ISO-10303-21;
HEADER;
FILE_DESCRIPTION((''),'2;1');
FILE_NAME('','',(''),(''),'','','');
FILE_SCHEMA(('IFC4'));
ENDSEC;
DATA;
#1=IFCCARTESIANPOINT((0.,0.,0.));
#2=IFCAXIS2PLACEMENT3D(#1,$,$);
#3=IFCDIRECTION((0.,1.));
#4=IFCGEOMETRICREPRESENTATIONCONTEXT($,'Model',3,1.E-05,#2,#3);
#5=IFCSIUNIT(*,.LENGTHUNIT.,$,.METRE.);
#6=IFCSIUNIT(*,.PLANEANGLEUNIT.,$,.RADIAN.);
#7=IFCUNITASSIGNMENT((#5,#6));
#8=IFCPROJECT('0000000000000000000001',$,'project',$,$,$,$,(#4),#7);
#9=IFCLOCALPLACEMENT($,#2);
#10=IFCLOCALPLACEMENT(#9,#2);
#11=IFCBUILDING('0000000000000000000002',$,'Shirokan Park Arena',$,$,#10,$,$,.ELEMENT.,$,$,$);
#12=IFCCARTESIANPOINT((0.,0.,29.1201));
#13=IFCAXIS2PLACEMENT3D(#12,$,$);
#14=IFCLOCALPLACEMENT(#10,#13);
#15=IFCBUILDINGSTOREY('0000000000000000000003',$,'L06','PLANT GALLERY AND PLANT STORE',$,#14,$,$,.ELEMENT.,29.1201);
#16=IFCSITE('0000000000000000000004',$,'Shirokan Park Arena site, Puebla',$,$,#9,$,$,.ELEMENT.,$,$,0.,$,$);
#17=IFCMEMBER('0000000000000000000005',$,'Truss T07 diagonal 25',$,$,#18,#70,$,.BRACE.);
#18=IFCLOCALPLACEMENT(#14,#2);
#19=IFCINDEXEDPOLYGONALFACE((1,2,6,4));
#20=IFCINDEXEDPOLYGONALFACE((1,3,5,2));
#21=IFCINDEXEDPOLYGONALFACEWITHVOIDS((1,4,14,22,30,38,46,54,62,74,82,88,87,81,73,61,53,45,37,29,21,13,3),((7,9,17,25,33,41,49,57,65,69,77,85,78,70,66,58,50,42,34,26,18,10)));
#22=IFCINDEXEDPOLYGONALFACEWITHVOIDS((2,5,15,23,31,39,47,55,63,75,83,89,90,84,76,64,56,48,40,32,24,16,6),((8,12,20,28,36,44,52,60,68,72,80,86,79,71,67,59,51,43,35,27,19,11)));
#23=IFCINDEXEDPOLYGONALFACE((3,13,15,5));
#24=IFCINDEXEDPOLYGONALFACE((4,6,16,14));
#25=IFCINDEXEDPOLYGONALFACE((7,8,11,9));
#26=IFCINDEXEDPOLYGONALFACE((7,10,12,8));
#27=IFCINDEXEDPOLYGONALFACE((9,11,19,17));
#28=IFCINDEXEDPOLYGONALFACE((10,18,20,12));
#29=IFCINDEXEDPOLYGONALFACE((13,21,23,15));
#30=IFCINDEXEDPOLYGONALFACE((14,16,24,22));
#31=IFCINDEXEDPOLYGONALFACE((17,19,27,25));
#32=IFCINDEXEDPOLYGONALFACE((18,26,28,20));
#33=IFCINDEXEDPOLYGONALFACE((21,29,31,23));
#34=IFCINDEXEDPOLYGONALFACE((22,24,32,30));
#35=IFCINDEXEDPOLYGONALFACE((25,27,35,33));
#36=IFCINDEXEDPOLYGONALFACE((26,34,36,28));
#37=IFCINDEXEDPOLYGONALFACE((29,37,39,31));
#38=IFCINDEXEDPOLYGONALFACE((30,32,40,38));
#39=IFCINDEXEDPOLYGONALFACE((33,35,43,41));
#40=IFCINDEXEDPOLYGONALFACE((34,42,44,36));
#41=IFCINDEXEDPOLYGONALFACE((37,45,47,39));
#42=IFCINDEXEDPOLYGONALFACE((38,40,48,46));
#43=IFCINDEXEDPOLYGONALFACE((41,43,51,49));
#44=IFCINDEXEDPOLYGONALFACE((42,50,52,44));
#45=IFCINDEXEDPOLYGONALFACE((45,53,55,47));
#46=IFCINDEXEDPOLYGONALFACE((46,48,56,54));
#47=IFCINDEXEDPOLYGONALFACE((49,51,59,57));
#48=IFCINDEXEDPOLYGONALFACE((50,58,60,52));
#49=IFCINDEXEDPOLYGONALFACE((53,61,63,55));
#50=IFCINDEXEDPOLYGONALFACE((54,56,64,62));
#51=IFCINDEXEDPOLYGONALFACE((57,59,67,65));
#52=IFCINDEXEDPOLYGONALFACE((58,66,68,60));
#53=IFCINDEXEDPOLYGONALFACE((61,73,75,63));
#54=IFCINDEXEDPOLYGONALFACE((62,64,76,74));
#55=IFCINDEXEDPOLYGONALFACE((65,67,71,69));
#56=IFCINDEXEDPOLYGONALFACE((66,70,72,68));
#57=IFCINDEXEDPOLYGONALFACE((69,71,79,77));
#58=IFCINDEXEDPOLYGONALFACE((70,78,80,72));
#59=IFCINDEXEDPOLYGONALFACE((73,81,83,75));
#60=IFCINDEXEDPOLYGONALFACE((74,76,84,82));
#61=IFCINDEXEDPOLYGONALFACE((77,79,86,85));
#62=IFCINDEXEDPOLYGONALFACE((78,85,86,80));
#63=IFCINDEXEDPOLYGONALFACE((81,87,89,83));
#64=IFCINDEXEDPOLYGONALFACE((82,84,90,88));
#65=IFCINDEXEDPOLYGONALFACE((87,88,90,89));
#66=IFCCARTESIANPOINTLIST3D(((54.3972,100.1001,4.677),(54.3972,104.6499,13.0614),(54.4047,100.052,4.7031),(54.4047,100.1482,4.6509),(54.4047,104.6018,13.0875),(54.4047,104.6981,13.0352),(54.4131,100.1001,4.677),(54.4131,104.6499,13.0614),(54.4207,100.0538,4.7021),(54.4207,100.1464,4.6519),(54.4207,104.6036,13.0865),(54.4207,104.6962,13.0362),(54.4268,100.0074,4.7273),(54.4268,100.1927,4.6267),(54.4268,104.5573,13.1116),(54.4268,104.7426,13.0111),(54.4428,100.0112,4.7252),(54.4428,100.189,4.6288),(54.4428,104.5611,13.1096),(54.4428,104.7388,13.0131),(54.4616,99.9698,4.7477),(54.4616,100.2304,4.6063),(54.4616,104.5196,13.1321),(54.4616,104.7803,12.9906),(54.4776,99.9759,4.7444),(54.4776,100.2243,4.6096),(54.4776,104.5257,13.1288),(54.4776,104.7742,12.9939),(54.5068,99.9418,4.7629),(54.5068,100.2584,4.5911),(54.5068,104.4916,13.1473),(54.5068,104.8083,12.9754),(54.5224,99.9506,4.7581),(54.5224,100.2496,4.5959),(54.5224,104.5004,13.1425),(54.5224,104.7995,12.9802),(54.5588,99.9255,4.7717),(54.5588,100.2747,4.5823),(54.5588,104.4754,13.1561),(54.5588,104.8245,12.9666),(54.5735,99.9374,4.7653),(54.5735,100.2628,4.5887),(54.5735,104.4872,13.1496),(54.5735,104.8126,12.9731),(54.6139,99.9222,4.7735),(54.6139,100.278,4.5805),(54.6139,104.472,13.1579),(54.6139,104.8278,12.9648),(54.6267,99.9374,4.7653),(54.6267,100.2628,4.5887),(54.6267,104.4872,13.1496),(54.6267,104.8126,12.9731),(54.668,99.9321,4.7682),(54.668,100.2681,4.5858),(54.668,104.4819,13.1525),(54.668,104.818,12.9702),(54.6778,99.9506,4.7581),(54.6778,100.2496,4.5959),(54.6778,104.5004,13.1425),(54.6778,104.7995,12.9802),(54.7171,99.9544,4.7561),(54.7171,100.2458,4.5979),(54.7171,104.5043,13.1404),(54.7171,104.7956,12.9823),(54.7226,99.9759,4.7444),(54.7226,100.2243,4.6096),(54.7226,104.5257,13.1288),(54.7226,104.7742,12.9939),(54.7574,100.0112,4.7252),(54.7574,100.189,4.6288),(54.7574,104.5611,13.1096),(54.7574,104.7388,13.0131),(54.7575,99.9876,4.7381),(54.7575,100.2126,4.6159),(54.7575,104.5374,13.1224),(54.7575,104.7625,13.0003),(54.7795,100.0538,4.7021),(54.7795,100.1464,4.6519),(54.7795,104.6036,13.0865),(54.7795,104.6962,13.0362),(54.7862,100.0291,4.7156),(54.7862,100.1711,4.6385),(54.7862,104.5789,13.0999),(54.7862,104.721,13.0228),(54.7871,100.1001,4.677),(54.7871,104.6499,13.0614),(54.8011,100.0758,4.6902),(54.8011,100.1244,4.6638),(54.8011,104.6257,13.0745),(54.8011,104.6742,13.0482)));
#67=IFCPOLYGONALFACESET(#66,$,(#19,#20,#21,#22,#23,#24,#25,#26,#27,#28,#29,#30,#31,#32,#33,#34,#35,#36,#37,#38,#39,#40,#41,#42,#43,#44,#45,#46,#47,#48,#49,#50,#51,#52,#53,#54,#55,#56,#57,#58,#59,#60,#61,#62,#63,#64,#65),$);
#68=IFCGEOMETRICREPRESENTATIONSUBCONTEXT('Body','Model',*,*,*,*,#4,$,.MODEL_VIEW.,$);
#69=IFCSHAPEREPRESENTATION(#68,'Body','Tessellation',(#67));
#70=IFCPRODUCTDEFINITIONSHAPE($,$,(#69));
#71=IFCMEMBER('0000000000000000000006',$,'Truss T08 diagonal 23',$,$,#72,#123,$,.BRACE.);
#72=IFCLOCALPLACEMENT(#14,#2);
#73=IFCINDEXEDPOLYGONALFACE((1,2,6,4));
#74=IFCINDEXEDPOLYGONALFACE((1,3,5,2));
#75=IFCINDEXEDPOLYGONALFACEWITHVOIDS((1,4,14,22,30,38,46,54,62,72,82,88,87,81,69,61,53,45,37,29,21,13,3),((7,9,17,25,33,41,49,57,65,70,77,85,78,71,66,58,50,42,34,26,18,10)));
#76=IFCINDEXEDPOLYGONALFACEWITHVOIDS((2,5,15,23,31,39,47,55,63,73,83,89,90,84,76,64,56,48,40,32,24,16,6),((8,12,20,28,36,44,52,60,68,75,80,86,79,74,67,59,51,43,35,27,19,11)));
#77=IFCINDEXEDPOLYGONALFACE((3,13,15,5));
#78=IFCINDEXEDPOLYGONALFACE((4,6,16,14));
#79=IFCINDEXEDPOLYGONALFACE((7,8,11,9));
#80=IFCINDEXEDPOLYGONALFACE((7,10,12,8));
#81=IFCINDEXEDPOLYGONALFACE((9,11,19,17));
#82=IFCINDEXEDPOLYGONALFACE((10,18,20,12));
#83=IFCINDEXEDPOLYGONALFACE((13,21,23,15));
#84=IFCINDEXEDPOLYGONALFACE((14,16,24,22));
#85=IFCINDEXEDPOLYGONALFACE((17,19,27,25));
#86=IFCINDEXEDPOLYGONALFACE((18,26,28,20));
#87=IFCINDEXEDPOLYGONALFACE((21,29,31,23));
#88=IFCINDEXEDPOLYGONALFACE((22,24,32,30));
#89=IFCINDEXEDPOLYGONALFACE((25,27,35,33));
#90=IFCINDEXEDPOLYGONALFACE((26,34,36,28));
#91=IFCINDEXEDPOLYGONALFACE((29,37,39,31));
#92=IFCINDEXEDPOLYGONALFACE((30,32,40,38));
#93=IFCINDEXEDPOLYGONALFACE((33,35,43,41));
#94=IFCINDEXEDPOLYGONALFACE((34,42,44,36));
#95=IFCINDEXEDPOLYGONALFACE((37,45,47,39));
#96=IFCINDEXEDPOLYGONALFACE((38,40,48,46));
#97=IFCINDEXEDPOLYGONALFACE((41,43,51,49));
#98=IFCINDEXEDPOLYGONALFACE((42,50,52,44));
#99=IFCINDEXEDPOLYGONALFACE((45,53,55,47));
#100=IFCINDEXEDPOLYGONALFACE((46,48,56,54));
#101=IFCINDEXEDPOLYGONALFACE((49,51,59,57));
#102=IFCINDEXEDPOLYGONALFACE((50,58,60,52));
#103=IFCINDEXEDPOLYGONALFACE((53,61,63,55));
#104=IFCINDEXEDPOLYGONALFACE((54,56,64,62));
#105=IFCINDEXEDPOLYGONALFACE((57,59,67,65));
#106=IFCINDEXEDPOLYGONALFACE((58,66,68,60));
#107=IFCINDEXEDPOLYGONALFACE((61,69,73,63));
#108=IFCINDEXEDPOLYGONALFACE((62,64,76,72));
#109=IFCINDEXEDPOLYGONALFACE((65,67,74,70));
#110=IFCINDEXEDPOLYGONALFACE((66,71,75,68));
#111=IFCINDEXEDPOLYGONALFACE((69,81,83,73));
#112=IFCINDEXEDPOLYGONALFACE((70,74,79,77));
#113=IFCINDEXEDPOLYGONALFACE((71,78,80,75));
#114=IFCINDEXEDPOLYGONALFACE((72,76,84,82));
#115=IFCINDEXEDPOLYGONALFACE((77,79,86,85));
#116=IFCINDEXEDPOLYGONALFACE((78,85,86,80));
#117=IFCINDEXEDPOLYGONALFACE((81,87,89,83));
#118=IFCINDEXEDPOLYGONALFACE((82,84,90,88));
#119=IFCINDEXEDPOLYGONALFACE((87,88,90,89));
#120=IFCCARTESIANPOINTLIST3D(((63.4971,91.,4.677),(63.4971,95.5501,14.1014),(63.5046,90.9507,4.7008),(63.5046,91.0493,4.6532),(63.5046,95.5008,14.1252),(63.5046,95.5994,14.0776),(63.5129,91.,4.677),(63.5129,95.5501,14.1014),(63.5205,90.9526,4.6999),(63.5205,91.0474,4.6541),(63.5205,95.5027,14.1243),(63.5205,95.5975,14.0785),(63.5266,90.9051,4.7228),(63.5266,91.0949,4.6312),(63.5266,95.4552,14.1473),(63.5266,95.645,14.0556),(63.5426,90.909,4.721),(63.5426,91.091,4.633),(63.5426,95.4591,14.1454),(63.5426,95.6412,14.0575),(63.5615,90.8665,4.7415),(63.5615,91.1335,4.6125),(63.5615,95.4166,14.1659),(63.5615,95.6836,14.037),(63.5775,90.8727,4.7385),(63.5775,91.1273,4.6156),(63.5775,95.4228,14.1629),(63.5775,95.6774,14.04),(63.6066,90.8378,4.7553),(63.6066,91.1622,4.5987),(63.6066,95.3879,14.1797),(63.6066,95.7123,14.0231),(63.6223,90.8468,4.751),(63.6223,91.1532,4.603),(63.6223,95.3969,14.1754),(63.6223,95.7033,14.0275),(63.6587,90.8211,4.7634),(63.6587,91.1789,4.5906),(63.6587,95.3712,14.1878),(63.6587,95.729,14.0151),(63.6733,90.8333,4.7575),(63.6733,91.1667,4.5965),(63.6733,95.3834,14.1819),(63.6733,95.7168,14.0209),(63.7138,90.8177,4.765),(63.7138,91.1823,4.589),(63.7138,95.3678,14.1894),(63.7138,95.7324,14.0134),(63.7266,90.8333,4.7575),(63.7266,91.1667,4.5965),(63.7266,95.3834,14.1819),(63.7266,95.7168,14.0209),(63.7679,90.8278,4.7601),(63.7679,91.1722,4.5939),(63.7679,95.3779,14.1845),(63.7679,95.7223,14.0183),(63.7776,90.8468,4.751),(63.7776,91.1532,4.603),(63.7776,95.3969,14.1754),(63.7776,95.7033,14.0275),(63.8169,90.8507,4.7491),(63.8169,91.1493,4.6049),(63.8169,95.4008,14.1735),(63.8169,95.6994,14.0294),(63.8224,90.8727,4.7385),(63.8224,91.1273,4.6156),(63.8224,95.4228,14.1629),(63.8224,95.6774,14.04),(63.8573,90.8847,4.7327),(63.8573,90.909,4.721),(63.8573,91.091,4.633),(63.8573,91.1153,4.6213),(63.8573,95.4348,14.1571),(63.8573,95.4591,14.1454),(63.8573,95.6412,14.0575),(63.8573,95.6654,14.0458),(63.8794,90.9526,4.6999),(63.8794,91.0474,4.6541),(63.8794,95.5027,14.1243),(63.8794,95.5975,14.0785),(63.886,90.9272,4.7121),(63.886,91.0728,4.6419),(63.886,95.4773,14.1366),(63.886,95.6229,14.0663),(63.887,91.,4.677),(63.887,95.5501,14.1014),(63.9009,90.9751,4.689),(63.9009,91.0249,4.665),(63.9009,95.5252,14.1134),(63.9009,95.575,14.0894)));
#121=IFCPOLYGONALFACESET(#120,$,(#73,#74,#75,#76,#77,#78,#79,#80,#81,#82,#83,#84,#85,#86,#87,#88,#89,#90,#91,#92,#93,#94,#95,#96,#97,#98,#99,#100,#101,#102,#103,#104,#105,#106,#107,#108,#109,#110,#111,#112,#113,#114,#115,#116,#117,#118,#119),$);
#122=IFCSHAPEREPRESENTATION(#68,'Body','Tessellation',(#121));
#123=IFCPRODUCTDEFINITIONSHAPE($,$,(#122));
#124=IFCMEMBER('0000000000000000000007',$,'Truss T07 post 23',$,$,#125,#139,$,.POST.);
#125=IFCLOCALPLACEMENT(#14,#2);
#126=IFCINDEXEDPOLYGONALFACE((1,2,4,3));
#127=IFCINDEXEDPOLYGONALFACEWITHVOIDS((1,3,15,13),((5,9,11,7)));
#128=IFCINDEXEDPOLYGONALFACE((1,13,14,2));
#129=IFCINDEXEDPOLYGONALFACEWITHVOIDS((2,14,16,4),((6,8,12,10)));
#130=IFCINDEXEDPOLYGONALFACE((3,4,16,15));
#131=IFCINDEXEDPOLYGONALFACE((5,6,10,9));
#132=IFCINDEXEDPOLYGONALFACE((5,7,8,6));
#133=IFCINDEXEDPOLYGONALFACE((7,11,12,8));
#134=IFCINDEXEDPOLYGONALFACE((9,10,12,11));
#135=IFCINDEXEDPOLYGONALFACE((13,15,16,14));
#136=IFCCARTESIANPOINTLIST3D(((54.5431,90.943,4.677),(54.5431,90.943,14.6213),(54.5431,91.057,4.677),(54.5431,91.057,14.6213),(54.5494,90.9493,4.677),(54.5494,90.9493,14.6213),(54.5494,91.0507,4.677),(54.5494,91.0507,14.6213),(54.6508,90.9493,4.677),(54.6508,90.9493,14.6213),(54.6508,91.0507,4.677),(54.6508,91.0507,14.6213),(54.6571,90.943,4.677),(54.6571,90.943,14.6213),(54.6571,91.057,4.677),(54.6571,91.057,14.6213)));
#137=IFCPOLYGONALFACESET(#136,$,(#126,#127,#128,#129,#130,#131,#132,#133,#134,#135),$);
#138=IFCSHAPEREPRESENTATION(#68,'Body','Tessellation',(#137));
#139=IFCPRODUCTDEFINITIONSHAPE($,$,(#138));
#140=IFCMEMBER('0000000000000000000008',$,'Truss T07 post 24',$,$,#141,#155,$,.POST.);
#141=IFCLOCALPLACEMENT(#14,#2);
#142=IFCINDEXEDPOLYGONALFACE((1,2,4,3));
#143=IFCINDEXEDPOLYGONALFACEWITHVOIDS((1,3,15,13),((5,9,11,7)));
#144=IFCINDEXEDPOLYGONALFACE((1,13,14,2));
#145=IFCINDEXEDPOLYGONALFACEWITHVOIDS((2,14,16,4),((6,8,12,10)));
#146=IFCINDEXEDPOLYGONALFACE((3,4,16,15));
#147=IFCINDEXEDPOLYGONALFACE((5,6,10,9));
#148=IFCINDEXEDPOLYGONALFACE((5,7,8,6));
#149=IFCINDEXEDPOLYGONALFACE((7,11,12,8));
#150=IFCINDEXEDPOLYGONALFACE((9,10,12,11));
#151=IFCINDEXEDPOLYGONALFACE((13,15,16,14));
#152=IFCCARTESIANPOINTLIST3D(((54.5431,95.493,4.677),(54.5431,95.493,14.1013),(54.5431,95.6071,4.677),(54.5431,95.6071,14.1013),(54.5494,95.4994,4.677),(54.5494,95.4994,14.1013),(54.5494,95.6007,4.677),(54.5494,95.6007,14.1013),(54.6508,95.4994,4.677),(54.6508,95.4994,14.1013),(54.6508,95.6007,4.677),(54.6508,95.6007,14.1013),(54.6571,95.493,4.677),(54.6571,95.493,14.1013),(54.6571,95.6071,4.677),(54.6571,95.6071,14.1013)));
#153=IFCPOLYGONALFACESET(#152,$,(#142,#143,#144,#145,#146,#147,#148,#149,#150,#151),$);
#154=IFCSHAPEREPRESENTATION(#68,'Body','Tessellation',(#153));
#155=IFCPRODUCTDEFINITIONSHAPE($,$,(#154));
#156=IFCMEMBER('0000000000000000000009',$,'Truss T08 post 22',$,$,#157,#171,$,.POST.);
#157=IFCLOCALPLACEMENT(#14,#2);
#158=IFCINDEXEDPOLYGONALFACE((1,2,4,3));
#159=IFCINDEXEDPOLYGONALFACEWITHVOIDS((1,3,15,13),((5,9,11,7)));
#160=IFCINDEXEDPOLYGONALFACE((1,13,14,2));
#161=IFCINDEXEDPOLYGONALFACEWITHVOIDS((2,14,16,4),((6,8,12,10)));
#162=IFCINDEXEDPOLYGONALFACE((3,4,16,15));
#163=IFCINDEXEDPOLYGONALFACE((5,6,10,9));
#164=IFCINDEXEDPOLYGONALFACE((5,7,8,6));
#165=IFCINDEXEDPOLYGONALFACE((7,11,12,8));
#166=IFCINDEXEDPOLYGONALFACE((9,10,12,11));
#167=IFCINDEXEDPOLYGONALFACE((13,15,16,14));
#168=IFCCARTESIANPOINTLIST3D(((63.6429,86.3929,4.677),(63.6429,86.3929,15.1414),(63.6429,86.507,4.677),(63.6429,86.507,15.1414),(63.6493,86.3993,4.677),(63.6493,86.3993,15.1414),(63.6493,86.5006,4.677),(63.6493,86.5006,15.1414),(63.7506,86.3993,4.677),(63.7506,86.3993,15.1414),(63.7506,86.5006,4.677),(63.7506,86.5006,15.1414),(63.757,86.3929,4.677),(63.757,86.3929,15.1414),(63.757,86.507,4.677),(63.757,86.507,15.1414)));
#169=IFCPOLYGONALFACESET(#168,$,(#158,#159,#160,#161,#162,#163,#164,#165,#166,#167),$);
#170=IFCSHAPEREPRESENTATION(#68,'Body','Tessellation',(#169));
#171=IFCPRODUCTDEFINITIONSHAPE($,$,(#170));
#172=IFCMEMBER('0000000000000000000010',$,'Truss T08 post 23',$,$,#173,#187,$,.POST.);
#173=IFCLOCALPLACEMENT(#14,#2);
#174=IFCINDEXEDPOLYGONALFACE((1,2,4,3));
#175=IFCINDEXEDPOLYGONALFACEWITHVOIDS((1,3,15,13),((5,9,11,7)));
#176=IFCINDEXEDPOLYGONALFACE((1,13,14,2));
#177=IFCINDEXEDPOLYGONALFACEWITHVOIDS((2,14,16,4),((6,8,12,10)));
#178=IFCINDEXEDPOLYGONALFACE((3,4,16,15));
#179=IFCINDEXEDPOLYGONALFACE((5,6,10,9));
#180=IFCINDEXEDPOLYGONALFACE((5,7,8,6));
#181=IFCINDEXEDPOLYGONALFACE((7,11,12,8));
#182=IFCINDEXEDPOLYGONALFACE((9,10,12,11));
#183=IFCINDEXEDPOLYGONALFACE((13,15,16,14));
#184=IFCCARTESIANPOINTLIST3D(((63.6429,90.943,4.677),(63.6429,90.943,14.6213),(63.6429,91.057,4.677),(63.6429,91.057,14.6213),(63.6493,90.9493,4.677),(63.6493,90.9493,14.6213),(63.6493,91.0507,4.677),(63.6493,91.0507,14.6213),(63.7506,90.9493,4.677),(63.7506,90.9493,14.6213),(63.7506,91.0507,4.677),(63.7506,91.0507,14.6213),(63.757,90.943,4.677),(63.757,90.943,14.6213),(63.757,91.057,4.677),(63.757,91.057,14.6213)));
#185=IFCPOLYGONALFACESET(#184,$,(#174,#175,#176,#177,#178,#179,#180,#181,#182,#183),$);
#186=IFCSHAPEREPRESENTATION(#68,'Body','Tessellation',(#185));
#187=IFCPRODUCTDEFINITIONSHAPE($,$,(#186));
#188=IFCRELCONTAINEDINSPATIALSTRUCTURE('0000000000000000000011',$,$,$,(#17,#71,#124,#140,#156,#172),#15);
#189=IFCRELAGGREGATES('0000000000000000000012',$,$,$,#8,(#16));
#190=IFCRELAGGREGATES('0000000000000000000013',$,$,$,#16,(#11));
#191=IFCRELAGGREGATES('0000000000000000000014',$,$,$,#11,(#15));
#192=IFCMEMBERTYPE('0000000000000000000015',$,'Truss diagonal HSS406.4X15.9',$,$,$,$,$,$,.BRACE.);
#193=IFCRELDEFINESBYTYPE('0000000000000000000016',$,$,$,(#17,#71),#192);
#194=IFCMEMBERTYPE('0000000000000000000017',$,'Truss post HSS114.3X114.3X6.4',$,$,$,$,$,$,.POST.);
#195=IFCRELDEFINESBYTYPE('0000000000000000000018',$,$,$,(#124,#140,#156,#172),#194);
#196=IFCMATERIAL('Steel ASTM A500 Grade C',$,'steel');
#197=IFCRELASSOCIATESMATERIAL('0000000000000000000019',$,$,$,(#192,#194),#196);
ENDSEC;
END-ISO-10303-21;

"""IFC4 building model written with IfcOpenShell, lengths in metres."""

from ifc_helpers import new_model, si_unit, direction, frame, origin, origin_2d, place, context, subcontext, project, spatial, hollow_rectangle, hollow_circle, extrude, material, material_profile, profile_set, type_object, element, save


model = new_model("IFC4")

# Units and contexts
model_context = context("Model", 3, precision=1e-05, world=origin(), true_north=direction((0.0, 1.0)))
body_context = subcontext(model_context, "Body", "Model", "MODEL_VIEW")
ifc_project = project(units=[si_unit("LENGTHUNIT", "METRE"), si_unit("PLANEANGLEUNIT", "RADIAN")], contexts=[model_context])

# Site, building, storey
site_placement = place(None, origin())
site = spatial("IfcSite", under=ifc_project, at=site_placement, Name="Shirokan Park Arena site, Puebla", CompositionType="ELEMENT", RefElevation=0.0)
building_placement = place(site_placement, origin())
building = spatial("IfcBuilding", under=site, at=building_placement, Name="Shirokan Park Arena", CompositionType="ELEMENT")
storey_placement = place(building_placement, frame((0.0, 0.0, 29.1201)))
storey = spatial("IfcBuildingStorey", under=building, at=storey_placement, Name="L06", Description="PLANT GALLERY AND PLANT STORE", CompositionType="ELEMENT", Elevation=29.1201)

# Shared definitions
ifc_material_1 = material(Name="Steel ASTM A500 Grade C", Category="steel")

# Members
ifc_material_profile_1 = material_profile(ifc_material_1, hollow_circle(Radius=0.2029, WallThickness=0.0159, at=origin_2d()), Name="HSS406.4X15.9")
ifc_profile_set_1 = profile_set([ifc_material_profile_1], Name="Steel ASTM A500 Grade C")
member_type_1 = type_object("IfcMemberType", Name="Truss diagonal HSS406.4X15.9", PredefinedType="BRACE", material=ifc_profile_set_1)
member_1_placement = place(storey_placement, frame((54.6001, 100.1001, 4.677), z_axis=(0.0, 0.476957, 0.878926), x_axis=(-1.0, 0.0, 0.0)))
element("IfcMember", 1, at=member_1_placement, inside=storey, type_object=member_type_1, Name="Truss T07 diagonal 25", PredefinedType="BRACE", context=body_context, shape_type="SweptSolid", body=[
    extrude(hollow_circle(Radius=0.2029, WallThickness=0.0159, at=origin_2d()), origin(), (0.0, 0.0, 1.0), 9.5393),
])
member_2_placement = place(storey_placement, frame((63.7, 91.0, 4.677), z_axis=(0.0, 0.434778, 0.900537), x_axis=(-1.0, 0.0, 0.0)))
element("IfcMember", 2, at=member_2_placement, inside=storey, type_object=member_type_1, Name="Truss T08 diagonal 23", PredefinedType="BRACE", context=body_context, shape_type="SweptSolid", body=[
    extrude(hollow_circle(Radius=0.2029, WallThickness=0.0159, at=origin_2d()), origin(), (0.0, 0.0, 1.0), 10.4653),
])
ifc_material_profile_2 = material_profile(ifc_material_1, hollow_rectangle(XDim=0.114, YDim=0.114, WallThickness=0.0063, at=origin_2d()), Name="HSS114.3X114.3X6.4")
ifc_profile_set_2 = profile_set([ifc_material_profile_2], Name="Steel ASTM A500 Grade C")
member_type_2 = type_object("IfcMemberType", Name="Truss post HSS114.3X114.3X6.4", PredefinedType="POST", material=ifc_profile_set_2)
member_3_placement = place(storey_placement, frame((54.6001, 91.0, 4.677), z_axis=(0.0, 0.0, 1.0), x_axis=(1.0, 0.0, 0.0)))
element("IfcMember", 3, at=member_3_placement, inside=storey, type_object=member_type_2, Name="Truss T07 post 23", PredefinedType="POST", context=body_context, shape_type="SweptSolid", body=[
    extrude(hollow_rectangle(XDim=0.114, YDim=0.114, WallThickness=0.0063, at=origin_2d()), origin(), (0.0, 0.0, 1.0), 9.9443),
])
member_4_placement = place(storey_placement, frame((54.6001, 95.55, 4.677), z_axis=(0.0, 0.0, 1.0), x_axis=(1.0, 0.0, 0.0)))
element("IfcMember", 4, at=member_4_placement, inside=storey, type_object=member_type_2, Name="Truss T07 post 24", PredefinedType="POST", context=body_context, shape_type="SweptSolid", body=[
    extrude(hollow_rectangle(XDim=0.114, YDim=0.114, WallThickness=0.0063, at=origin_2d()), origin(), (0.0, 0.0, 1.0), 9.4243),
])
member_5_placement = place(storey_placement, frame((63.7, 86.45, 4.677), z_axis=(0.0, 0.0, 1.0), x_axis=(1.0, 0.0, 0.0)))
element("IfcMember", 5, at=member_5_placement, inside=storey, type_object=member_type_2, Name="Truss T08 post 22", PredefinedType="POST", context=body_context, shape_type="SweptSolid", body=[
    extrude(hollow_rectangle(XDim=0.114, YDim=0.114, WallThickness=0.0063, at=origin_2d()), origin(), (0.0, 0.0, 1.0), 10.4644),
])
member_6_placement = place(storey_placement, frame((63.7, 91.0, 4.677), z_axis=(0.0, 0.0, 1.0), x_axis=(1.0, 0.0, 0.0)))
element("IfcMember", 6, at=member_6_placement, inside=storey, type_object=member_type_2, Name="Truss T08 post 23", PredefinedType="POST", context=body_context, shape_type="SweptSolid", body=[
    extrude(hollow_rectangle(XDim=0.114, YDim=0.114, WallThickness=0.0063, at=origin_2d()), origin(), (0.0, 0.0, 1.0), 9.9443),
])

save(model, "model.ifc")
